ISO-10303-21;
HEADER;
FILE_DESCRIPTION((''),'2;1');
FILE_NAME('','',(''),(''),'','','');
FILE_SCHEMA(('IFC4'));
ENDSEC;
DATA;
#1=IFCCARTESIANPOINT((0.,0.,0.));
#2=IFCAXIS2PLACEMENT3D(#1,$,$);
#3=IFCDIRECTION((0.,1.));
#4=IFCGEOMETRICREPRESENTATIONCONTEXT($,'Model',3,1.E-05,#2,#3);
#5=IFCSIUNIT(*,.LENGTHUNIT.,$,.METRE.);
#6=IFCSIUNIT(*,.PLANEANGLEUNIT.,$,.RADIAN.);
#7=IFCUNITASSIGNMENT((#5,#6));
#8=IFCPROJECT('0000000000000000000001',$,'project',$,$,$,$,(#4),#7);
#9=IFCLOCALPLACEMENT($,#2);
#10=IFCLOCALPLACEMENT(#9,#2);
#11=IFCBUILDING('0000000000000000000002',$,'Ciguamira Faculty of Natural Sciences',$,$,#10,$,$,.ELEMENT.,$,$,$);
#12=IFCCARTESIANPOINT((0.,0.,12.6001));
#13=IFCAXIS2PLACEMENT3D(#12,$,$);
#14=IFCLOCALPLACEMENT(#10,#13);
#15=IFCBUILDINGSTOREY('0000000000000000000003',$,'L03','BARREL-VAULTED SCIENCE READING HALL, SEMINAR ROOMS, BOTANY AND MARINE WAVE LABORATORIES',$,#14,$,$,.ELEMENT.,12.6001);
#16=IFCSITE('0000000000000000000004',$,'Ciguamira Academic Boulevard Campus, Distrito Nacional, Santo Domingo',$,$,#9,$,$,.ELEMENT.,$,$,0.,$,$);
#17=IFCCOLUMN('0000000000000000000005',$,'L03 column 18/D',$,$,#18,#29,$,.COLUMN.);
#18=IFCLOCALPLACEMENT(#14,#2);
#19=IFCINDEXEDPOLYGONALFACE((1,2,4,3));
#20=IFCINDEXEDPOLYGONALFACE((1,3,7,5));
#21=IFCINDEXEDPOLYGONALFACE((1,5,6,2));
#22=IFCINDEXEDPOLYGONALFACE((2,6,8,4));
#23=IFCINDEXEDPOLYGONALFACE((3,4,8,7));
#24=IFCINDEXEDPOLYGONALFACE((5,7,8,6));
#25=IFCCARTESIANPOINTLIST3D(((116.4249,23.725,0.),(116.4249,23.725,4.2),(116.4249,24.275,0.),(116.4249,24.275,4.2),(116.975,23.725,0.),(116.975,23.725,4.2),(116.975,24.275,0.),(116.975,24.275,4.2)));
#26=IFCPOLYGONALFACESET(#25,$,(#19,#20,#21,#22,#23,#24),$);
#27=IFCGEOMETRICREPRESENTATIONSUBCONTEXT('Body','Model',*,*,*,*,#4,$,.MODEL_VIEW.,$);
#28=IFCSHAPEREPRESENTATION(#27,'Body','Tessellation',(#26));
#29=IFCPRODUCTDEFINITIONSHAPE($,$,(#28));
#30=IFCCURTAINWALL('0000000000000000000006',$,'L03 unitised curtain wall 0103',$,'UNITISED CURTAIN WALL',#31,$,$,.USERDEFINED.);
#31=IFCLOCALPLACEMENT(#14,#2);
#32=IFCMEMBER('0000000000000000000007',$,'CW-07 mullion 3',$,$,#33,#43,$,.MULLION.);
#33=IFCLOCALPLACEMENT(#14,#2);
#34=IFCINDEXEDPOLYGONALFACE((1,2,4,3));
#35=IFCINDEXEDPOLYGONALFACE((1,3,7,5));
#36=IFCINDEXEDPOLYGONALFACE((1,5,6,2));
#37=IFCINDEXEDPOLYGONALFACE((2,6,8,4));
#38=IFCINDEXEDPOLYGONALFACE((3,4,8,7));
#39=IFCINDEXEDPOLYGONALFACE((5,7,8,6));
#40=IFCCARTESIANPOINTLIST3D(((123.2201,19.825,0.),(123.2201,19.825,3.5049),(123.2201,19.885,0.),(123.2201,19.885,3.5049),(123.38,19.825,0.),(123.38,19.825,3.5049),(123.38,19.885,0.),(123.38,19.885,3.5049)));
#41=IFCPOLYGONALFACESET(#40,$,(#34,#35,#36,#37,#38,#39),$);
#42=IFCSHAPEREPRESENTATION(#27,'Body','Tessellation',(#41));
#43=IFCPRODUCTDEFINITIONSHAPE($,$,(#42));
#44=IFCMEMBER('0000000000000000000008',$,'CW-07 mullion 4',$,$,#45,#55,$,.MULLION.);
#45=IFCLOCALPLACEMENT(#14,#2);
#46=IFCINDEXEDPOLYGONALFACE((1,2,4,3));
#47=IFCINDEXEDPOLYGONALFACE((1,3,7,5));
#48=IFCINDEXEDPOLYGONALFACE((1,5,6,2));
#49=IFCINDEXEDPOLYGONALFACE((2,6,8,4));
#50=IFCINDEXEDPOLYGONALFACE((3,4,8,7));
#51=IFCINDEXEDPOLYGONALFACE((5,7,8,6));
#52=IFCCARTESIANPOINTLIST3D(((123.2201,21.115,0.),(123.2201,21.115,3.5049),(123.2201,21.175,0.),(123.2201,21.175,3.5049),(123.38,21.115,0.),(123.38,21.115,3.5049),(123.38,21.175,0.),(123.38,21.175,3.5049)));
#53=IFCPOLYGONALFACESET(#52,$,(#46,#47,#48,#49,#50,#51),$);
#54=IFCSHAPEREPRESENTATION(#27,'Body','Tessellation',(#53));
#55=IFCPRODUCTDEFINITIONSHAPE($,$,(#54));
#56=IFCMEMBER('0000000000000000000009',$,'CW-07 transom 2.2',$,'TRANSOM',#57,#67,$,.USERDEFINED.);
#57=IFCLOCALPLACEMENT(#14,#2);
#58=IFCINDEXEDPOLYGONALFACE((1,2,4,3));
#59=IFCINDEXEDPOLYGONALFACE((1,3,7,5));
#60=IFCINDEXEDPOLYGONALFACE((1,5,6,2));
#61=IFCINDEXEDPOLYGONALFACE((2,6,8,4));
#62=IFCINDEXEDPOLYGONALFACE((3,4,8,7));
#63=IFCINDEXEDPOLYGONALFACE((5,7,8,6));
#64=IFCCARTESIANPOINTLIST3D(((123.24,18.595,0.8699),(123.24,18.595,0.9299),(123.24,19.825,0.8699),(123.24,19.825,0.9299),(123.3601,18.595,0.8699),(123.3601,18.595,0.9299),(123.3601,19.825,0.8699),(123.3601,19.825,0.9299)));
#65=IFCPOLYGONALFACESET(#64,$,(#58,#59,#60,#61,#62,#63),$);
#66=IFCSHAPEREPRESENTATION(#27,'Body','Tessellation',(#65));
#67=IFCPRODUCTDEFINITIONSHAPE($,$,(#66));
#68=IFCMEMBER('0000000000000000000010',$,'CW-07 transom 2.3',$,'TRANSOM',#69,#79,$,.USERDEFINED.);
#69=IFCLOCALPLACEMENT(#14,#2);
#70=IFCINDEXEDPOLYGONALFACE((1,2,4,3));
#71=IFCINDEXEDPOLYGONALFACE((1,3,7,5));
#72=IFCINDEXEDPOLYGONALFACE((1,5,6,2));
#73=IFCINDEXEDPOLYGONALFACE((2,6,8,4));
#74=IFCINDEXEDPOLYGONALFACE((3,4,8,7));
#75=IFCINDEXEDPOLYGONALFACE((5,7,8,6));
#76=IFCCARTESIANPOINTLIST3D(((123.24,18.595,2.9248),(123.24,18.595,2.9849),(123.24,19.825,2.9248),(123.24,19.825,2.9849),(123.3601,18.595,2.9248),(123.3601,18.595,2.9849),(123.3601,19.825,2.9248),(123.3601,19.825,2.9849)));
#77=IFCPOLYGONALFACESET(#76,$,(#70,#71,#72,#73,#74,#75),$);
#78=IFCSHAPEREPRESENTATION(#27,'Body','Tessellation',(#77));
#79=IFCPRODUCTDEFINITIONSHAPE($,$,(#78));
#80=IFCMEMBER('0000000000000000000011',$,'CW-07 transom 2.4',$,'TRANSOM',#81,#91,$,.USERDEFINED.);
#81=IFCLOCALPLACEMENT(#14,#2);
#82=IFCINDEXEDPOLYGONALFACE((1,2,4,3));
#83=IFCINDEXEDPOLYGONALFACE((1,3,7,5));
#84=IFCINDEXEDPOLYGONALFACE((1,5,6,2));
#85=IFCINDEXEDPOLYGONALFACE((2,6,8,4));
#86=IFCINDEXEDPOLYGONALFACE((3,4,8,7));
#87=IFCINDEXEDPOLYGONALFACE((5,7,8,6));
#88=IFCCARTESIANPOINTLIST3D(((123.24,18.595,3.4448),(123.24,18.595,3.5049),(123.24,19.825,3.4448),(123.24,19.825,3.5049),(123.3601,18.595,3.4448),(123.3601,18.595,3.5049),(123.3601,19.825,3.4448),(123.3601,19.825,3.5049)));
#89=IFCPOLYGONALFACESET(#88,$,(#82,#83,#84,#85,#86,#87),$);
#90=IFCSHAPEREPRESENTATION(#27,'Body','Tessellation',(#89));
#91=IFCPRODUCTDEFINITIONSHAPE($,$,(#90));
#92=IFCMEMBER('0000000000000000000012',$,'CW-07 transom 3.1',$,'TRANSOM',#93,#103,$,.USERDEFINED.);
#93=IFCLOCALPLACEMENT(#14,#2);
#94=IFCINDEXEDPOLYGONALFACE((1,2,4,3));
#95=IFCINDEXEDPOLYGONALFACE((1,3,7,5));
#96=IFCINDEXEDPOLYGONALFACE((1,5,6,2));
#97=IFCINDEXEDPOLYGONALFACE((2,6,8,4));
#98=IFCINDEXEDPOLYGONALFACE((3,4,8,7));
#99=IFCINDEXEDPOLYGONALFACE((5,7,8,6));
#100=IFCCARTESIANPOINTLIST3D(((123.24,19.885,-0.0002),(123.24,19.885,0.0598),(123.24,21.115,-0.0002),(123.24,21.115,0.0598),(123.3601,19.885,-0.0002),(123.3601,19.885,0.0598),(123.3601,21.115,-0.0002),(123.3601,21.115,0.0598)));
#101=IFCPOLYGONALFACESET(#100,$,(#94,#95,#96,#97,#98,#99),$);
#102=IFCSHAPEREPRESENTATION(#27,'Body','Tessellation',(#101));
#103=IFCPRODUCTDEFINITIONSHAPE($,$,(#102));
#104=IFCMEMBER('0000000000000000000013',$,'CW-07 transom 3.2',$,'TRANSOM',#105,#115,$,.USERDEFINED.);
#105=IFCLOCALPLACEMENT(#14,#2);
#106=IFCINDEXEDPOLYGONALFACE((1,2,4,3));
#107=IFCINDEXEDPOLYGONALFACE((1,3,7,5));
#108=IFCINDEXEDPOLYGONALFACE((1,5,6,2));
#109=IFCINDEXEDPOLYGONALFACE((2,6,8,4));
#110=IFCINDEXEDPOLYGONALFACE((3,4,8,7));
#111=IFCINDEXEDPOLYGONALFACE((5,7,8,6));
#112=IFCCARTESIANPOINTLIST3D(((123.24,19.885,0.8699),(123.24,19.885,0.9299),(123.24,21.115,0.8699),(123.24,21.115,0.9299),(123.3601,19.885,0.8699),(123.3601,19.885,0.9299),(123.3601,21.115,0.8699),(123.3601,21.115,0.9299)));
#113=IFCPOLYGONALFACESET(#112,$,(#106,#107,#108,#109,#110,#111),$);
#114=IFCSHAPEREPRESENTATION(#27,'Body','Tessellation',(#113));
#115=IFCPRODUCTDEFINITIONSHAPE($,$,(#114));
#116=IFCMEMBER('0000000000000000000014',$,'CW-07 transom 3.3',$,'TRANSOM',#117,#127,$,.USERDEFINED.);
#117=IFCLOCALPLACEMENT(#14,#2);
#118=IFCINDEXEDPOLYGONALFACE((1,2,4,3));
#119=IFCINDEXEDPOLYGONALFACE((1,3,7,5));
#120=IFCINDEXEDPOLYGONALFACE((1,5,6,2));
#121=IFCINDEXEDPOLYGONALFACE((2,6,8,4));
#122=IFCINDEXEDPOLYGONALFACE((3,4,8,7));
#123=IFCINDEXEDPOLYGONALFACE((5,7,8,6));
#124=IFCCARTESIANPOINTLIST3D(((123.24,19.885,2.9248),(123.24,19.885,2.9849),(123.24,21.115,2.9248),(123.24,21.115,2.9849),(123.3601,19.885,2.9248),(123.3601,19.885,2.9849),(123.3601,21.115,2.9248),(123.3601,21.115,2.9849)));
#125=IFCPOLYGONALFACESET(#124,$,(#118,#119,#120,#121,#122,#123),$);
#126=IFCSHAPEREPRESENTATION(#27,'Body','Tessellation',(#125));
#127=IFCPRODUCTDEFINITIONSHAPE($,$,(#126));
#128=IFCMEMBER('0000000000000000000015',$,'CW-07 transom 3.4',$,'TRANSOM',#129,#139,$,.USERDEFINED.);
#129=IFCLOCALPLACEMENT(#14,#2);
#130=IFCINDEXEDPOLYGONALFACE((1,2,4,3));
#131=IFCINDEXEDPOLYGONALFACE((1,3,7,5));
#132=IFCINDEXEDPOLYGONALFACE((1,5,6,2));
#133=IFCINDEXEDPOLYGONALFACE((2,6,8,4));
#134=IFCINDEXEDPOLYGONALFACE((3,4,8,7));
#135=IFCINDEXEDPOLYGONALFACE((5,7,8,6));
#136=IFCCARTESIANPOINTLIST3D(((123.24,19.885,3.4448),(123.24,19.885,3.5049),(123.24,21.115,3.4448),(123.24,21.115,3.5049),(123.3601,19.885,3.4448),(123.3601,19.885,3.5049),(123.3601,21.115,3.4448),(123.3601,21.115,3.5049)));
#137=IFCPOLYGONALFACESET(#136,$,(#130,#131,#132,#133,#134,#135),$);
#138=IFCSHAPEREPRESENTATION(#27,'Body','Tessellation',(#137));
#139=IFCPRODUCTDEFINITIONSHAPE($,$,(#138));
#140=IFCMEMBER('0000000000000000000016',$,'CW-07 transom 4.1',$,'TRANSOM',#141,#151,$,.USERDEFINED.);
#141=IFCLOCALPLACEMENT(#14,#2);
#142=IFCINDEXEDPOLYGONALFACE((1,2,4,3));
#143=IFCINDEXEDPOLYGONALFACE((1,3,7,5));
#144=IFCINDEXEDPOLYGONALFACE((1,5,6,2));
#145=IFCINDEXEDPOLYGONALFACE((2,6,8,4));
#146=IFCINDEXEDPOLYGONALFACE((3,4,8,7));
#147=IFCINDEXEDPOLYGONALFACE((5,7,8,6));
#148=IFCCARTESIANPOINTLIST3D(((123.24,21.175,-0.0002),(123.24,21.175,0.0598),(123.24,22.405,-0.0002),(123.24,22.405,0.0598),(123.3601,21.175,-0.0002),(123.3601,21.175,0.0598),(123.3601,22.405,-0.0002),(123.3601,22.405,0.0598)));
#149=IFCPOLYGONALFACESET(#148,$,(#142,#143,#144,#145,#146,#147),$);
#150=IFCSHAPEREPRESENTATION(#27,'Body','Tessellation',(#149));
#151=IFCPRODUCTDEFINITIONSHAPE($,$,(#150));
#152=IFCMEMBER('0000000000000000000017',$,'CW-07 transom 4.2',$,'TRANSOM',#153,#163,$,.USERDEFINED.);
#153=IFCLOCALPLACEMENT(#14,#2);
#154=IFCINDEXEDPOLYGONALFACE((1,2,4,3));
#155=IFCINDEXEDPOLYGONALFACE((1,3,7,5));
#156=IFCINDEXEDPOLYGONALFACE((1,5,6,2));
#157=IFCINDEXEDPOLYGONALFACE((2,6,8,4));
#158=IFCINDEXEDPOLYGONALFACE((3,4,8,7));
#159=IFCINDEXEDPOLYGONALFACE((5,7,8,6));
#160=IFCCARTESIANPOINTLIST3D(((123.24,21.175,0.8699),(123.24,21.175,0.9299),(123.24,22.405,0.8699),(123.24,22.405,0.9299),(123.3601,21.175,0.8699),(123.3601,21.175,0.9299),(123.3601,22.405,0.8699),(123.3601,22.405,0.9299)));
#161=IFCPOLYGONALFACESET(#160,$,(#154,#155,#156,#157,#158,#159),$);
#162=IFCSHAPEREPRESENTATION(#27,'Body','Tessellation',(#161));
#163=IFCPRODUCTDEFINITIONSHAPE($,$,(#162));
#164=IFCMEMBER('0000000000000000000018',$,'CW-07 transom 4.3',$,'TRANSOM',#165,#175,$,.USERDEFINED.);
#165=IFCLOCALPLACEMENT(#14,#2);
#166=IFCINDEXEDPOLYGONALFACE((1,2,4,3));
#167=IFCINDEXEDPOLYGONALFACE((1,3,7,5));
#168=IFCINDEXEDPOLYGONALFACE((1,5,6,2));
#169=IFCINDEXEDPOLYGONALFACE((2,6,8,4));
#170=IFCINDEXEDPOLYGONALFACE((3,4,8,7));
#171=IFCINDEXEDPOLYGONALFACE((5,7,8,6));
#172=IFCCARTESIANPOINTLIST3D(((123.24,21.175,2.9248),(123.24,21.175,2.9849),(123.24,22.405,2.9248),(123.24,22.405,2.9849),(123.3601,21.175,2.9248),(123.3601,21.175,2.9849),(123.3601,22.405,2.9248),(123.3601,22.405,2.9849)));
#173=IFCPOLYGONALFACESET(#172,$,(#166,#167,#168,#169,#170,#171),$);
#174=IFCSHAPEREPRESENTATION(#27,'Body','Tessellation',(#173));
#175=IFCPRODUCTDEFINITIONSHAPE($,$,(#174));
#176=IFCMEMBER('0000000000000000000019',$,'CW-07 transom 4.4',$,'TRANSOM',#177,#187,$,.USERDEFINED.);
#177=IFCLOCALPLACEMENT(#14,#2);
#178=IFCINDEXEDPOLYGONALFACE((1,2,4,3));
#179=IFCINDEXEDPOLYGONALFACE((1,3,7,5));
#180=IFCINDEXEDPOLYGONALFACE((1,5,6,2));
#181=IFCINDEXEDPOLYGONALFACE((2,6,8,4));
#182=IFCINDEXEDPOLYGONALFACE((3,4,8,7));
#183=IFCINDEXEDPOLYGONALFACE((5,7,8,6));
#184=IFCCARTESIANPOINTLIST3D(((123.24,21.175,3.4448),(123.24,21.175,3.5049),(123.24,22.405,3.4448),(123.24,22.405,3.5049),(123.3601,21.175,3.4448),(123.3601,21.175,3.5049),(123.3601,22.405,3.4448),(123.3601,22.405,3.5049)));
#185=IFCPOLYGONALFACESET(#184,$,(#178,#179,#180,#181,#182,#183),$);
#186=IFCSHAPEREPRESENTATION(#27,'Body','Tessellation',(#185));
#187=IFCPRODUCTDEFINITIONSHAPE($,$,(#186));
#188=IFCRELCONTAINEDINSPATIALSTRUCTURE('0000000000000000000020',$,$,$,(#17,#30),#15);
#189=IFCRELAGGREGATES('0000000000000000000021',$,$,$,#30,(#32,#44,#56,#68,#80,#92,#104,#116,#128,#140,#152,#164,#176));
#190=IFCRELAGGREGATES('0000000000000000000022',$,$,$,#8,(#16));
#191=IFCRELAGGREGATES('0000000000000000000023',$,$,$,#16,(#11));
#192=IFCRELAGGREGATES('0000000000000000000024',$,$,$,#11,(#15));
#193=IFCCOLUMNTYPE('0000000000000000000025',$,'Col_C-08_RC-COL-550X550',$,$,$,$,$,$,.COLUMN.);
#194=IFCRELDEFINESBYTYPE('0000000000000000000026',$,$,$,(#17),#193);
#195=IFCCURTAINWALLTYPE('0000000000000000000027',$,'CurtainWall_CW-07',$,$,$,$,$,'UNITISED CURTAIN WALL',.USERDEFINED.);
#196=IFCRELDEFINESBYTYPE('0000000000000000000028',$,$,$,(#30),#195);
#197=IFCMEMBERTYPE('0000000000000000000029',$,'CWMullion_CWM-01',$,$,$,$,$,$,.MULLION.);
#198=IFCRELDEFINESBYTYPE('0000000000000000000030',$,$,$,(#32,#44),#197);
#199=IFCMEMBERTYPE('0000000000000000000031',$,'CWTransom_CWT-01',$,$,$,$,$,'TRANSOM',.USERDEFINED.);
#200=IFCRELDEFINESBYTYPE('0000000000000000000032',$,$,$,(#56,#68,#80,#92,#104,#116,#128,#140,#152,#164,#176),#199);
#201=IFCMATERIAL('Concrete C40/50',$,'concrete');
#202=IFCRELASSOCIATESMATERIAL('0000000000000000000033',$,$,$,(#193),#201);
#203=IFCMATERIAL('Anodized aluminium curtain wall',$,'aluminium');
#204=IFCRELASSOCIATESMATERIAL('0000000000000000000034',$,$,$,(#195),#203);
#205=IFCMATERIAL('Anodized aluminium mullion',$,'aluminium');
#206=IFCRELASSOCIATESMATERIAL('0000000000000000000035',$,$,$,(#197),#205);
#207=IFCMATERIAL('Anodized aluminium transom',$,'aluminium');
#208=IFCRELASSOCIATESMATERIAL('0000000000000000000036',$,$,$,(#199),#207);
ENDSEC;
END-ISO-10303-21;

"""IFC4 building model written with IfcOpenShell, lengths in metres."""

from ifc_helpers import new_model, si_unit, direction, frame, origin, origin_2d, place, context, subcontext, project, spatial, rectangle, extrude, material, material_profile, profile_set, type_object, element, aggregate, save


model = new_model("IFC4")

# Units and contexts
model_context = context("Model", 3, precision=1e-05, world=origin(), true_north=direction((0.0, 1.0)))
body_context = subcontext(model_context, "Body", "Model", "MODEL_VIEW")
ifc_project = project(units=[si_unit("LENGTHUNIT", "METRE"), si_unit("PLANEANGLEUNIT", "RADIAN")], contexts=[model_context])

# Site, building, storey
site_placement = place(None, origin())
site = spatial("IfcSite", under=ifc_project, at=site_placement, Name="Ciguamira Academic Boulevard Campus, Distrito Nacional, Santo Domingo", CompositionType="ELEMENT", RefElevation=0.0)
building_placement = place(site_placement, origin())
building = spatial("IfcBuilding", under=site, at=building_placement, Name="Ciguamira Faculty of Natural Sciences", CompositionType="ELEMENT")
storey_placement = place(building_placement, frame((0.0, 0.0, 12.6001)))
storey = spatial("IfcBuildingStorey", under=building, at=storey_placement, Name="L03", Description="BARREL-VAULTED SCIENCE READING HALL, SEMINAR ROOMS, BOTANY AND MARINE WAVE LABORATORIES", CompositionType="ELEMENT", Elevation=12.6001)

# Column
ifc_material_1 = material(Name="Concrete C40/50", Category="concrete")
ifc_material_profile_1 = material_profile(ifc_material_1, rectangle(XDim=0.55, YDim=0.55, at=origin_2d()), Name="RC-COL-550X550")
ifc_profile_set_1 = profile_set([ifc_material_profile_1], Name="Concrete C40/50")
column_type = type_object("IfcColumnType", Name="Col_C-08_RC-COL-550X550", PredefinedType="COLUMN", material=ifc_profile_set_1)
column_placement = place(storey_placement, frame((116.7, 24.0, 0.0), z_axis=(0.0, 0.0, 1.0), x_axis=(1.0, 0.0, 0.0)))
element("IfcColumn", 1, at=column_placement, inside=storey, type_object=column_type, Name="L03 column 18/D", PredefinedType="COLUMN", context=body_context, shape_type="SweptSolid", body=[
    extrude(rectangle(XDim=0.55, YDim=0.55, at=origin_2d()), origin(), (0.0, 0.0, 1.0), 4.2),
])

# Curtain wall, members
ifc_material_2 = material(Name="Anodized aluminium curtain wall", Category="aluminium")
curtain_wall_type = type_object("IfcCurtainWallType", Name="CurtainWall_CW-07", ElementType="UNITISED CURTAIN WALL", PredefinedType="USERDEFINED", material=ifc_material_2)
curtain_wall_placement = place(storey_placement, origin())
curtain_wall = element("IfcCurtainWall", 2, at=curtain_wall_placement, inside=storey, type_object=curtain_wall_type, Name="L03 unitised curtain wall 0103", ObjectType="UNITISED CURTAIN WALL", PredefinedType="USERDEFINED")
ifc_material_3 = material(Name="Anodized aluminium mullion", Category="aluminium")
ifc_material_profile_2 = material_profile(ifc_material_3, rectangle(XDim=0.0601, YDim=0.1599, at=origin_2d()), Name="ALU-MUL-60X160")
ifc_profile_set_2 = profile_set([ifc_material_profile_2], Name="Anodized aluminium mullion")
member_type_1 = type_object("IfcMemberType", Name="CWMullion_CWM-01", PredefinedType="MULLION", material=ifc_profile_set_2)
member_1_placement = place(storey_placement, frame((123.3, 19.855, 0.0), z_axis=(0.0, 0.0, 1.0), x_axis=(0.0, 1.0, 0.0)))
member_1 = element("IfcMember", 3, at=member_1_placement, type_object=member_type_1, Name="CW-07 mullion 3", PredefinedType="MULLION", context=body_context, shape_type="SweptSolid", body=[
    extrude(rectangle(XDim=0.0601, YDim=0.1599, at=origin_2d()), origin(), (0.0, 0.0, 1.0), 3.5049),
])
member_2_placement = place(storey_placement, frame((123.3, 21.145, 0.0), z_axis=(0.0, 0.0, 1.0), x_axis=(0.0, 1.0, 0.0)))
member_2 = element("IfcMember", 4, at=member_2_placement, type_object=member_type_1, Name="CW-07 mullion 4", PredefinedType="MULLION", context=body_context, shape_type="SweptSolid", body=[
    extrude(rectangle(XDim=0.0601, YDim=0.1599, at=origin_2d()), origin(), (0.0, 0.0, 1.0), 3.5049),
])
ifc_material_4 = material(Name="Anodized aluminium transom", Category="aluminium")
ifc_material_profile_3 = material_profile(ifc_material_4, rectangle(XDim=0.0601, YDim=0.1201, at=origin_2d()), Name="ALU-TRN-60X120")
ifc_profile_set_3 = profile_set([ifc_material_profile_3], Name="Anodized aluminium transom")
member_type_2 = type_object("IfcMemberType", Name="CWTransom_CWT-01", ElementType="TRANSOM", PredefinedType="USERDEFINED", material=ifc_profile_set_3)
member_3_placement = place(storey_placement, frame((123.3, 18.595, 0.8999), z_axis=(0.0, 1.0, 0.0), x_axis=(0.0, 0.0, 1.0)))
member_3 = element("IfcMember", 5, at=member_3_placement, type_object=member_type_2, Name="CW-07 transom 2.2", ObjectType="TRANSOM", PredefinedType="USERDEFINED", context=body_context, shape_type="SweptSolid", body=[
    extrude(rectangle(XDim=0.0601, YDim=0.1201, at=origin_2d()), origin(), (0.0, 0.0, 1.0), 1.23),
])
member_4_placement = place(storey_placement, frame((123.3, 18.595, 2.9548), z_axis=(0.0, 1.0, 0.0), x_axis=(0.0, 0.0, 1.0)))
member_4 = element("IfcMember", 6, at=member_4_placement, type_object=member_type_2, Name="CW-07 transom 2.3", ObjectType="TRANSOM", PredefinedType="USERDEFINED", context=body_context, shape_type="SweptSolid", body=[
    extrude(rectangle(XDim=0.0601, YDim=0.1201, at=origin_2d()), origin(), (0.0, 0.0, 1.0), 1.23),
])
member_5_placement = place(storey_placement, frame((123.3, 18.595, 3.4749), z_axis=(0.0, 1.0, 0.0), x_axis=(0.0, 0.0, 1.0)))
member_5 = element("IfcMember", 7, at=member_5_placement, type_object=member_type_2, Name="CW-07 transom 2.4", ObjectType="TRANSOM", PredefinedType="USERDEFINED", context=body_context, shape_type="SweptSolid", body=[
    extrude(rectangle(XDim=0.0601, YDim=0.1201, at=origin_2d()), origin(), (0.0, 0.0, 1.0), 1.23),
])
member_6_placement = place(storey_placement, frame((123.3, 19.885, 0.0298), z_axis=(0.0, 1.0, 0.0), x_axis=(0.0, 0.0, 1.0)))
member_6 = element("IfcMember", 8, at=member_6_placement, type_object=member_type_2, Name="CW-07 transom 3.1", ObjectType="TRANSOM", PredefinedType="USERDEFINED", context=body_context, shape_type="SweptSolid", body=[
    extrude(rectangle(XDim=0.0601, YDim=0.1201, at=origin_2d()), origin(), (0.0, 0.0, 1.0), 1.23),
])
member_7_placement = place(storey_placement, frame((123.3, 19.885, 0.8999), z_axis=(0.0, 1.0, 0.0), x_axis=(0.0, 0.0, 1.0)))
member_7 = element("IfcMember", 9, at=member_7_placement, type_object=member_type_2, Name="CW-07 transom 3.2", ObjectType="TRANSOM", PredefinedType="USERDEFINED", context=body_context, shape_type="SweptSolid", body=[
    extrude(rectangle(XDim=0.0601, YDim=0.1201, at=origin_2d()), origin(), (0.0, 0.0, 1.0), 1.23),
])
member_8_placement = place(storey_placement, frame((123.3, 19.885, 2.9548), z_axis=(0.0, 1.0, 0.0), x_axis=(0.0, 0.0, 1.0)))
member_8 = element("IfcMember", 10, at=member_8_placement, type_object=member_type_2, Name="CW-07 transom 3.3", ObjectType="TRANSOM", PredefinedType="USERDEFINED", context=body_context, shape_type="SweptSolid", body=[
    extrude(rectangle(XDim=0.0601, YDim=0.1201, at=origin_2d()), origin(), (0.0, 0.0, 1.0), 1.23),
])
member_9_placement = place(storey_placement, frame((123.3, 19.885, 3.4749), z_axis=(0.0, 1.0, 0.0), x_axis=(0.0, 0.0, 1.0)))
member_9 = element("IfcMember", 11, at=member_9_placement, type_object=member_type_2, Name="CW-07 transom 3.4", ObjectType="TRANSOM", PredefinedType="USERDEFINED", context=body_context, shape_type="SweptSolid", body=[
    extrude(rectangle(XDim=0.0601, YDim=0.1201, at=origin_2d()), origin(), (0.0, 0.0, 1.0), 1.23),
])
member_10_placement = place(storey_placement, frame((123.3, 21.175, 0.0298), z_axis=(0.0, 1.0, 0.0), x_axis=(0.0, 0.0, 1.0)))
member_10 = element("IfcMember", 12, at=member_10_placement, type_object=member_type_2, Name="CW-07 transom 4.1", ObjectType="TRANSOM", PredefinedType="USERDEFINED", context=body_context, shape_type="SweptSolid", body=[
    extrude(rectangle(XDim=0.0601, YDim=0.1201, at=origin_2d()), origin(), (0.0, 0.0, 1.0), 1.23),
])
member_11_placement = place(storey_placement, frame((123.3, 21.175, 0.8999), z_axis=(0.0, 1.0, 0.0), x_axis=(0.0, 0.0, 1.0)))
member_11 = element("IfcMember", 13, at=member_11_placement, type_object=member_type_2, Name="CW-07 transom 4.2", ObjectType="TRANSOM", PredefinedType="USERDEFINED", context=body_context, shape_type="SweptSolid", body=[
    extrude(rectangle(XDim=0.0601, YDim=0.1201, at=origin_2d()), origin(), (0.0, 0.0, 1.0), 1.23),
])
member_12_placement = place(storey_placement, frame((123.3, 21.175, 2.9548), z_axis=(0.0, 1.0, 0.0), x_axis=(0.0, 0.0, 1.0)))
member_12 = element("IfcMember", 14, at=member_12_placement, type_object=member_type_2, Name="CW-07 transom 4.3", ObjectType="TRANSOM", PredefinedType="USERDEFINED", context=body_context, shape_type="SweptSolid", body=[
    extrude(rectangle(XDim=0.0601, YDim=0.1201, at=origin_2d()), origin(), (0.0, 0.0, 1.0), 1.23),
])
member_13_placement = place(storey_placement, frame((123.3, 21.175, 3.4749), z_axis=(0.0, 1.0, 0.0), x_axis=(0.0, 0.0, 1.0)))
member_13 = element("IfcMember", 15, at=member_13_placement, type_object=member_type_2, Name="CW-07 transom 4.4", ObjectType="TRANSOM", PredefinedType="USERDEFINED", context=body_context, shape_type="SweptSolid", body=[
    extrude(rectangle(XDim=0.0601, YDim=0.1201, at=origin_2d()), origin(), (0.0, 0.0, 1.0), 1.23),
])

aggregate(curtain_wall, [member_1, member_2, member_3, member_4, member_5, member_6, member_7, member_8, member_9, member_10, member_11, member_12, member_13])

save(model, "model.ifc")
